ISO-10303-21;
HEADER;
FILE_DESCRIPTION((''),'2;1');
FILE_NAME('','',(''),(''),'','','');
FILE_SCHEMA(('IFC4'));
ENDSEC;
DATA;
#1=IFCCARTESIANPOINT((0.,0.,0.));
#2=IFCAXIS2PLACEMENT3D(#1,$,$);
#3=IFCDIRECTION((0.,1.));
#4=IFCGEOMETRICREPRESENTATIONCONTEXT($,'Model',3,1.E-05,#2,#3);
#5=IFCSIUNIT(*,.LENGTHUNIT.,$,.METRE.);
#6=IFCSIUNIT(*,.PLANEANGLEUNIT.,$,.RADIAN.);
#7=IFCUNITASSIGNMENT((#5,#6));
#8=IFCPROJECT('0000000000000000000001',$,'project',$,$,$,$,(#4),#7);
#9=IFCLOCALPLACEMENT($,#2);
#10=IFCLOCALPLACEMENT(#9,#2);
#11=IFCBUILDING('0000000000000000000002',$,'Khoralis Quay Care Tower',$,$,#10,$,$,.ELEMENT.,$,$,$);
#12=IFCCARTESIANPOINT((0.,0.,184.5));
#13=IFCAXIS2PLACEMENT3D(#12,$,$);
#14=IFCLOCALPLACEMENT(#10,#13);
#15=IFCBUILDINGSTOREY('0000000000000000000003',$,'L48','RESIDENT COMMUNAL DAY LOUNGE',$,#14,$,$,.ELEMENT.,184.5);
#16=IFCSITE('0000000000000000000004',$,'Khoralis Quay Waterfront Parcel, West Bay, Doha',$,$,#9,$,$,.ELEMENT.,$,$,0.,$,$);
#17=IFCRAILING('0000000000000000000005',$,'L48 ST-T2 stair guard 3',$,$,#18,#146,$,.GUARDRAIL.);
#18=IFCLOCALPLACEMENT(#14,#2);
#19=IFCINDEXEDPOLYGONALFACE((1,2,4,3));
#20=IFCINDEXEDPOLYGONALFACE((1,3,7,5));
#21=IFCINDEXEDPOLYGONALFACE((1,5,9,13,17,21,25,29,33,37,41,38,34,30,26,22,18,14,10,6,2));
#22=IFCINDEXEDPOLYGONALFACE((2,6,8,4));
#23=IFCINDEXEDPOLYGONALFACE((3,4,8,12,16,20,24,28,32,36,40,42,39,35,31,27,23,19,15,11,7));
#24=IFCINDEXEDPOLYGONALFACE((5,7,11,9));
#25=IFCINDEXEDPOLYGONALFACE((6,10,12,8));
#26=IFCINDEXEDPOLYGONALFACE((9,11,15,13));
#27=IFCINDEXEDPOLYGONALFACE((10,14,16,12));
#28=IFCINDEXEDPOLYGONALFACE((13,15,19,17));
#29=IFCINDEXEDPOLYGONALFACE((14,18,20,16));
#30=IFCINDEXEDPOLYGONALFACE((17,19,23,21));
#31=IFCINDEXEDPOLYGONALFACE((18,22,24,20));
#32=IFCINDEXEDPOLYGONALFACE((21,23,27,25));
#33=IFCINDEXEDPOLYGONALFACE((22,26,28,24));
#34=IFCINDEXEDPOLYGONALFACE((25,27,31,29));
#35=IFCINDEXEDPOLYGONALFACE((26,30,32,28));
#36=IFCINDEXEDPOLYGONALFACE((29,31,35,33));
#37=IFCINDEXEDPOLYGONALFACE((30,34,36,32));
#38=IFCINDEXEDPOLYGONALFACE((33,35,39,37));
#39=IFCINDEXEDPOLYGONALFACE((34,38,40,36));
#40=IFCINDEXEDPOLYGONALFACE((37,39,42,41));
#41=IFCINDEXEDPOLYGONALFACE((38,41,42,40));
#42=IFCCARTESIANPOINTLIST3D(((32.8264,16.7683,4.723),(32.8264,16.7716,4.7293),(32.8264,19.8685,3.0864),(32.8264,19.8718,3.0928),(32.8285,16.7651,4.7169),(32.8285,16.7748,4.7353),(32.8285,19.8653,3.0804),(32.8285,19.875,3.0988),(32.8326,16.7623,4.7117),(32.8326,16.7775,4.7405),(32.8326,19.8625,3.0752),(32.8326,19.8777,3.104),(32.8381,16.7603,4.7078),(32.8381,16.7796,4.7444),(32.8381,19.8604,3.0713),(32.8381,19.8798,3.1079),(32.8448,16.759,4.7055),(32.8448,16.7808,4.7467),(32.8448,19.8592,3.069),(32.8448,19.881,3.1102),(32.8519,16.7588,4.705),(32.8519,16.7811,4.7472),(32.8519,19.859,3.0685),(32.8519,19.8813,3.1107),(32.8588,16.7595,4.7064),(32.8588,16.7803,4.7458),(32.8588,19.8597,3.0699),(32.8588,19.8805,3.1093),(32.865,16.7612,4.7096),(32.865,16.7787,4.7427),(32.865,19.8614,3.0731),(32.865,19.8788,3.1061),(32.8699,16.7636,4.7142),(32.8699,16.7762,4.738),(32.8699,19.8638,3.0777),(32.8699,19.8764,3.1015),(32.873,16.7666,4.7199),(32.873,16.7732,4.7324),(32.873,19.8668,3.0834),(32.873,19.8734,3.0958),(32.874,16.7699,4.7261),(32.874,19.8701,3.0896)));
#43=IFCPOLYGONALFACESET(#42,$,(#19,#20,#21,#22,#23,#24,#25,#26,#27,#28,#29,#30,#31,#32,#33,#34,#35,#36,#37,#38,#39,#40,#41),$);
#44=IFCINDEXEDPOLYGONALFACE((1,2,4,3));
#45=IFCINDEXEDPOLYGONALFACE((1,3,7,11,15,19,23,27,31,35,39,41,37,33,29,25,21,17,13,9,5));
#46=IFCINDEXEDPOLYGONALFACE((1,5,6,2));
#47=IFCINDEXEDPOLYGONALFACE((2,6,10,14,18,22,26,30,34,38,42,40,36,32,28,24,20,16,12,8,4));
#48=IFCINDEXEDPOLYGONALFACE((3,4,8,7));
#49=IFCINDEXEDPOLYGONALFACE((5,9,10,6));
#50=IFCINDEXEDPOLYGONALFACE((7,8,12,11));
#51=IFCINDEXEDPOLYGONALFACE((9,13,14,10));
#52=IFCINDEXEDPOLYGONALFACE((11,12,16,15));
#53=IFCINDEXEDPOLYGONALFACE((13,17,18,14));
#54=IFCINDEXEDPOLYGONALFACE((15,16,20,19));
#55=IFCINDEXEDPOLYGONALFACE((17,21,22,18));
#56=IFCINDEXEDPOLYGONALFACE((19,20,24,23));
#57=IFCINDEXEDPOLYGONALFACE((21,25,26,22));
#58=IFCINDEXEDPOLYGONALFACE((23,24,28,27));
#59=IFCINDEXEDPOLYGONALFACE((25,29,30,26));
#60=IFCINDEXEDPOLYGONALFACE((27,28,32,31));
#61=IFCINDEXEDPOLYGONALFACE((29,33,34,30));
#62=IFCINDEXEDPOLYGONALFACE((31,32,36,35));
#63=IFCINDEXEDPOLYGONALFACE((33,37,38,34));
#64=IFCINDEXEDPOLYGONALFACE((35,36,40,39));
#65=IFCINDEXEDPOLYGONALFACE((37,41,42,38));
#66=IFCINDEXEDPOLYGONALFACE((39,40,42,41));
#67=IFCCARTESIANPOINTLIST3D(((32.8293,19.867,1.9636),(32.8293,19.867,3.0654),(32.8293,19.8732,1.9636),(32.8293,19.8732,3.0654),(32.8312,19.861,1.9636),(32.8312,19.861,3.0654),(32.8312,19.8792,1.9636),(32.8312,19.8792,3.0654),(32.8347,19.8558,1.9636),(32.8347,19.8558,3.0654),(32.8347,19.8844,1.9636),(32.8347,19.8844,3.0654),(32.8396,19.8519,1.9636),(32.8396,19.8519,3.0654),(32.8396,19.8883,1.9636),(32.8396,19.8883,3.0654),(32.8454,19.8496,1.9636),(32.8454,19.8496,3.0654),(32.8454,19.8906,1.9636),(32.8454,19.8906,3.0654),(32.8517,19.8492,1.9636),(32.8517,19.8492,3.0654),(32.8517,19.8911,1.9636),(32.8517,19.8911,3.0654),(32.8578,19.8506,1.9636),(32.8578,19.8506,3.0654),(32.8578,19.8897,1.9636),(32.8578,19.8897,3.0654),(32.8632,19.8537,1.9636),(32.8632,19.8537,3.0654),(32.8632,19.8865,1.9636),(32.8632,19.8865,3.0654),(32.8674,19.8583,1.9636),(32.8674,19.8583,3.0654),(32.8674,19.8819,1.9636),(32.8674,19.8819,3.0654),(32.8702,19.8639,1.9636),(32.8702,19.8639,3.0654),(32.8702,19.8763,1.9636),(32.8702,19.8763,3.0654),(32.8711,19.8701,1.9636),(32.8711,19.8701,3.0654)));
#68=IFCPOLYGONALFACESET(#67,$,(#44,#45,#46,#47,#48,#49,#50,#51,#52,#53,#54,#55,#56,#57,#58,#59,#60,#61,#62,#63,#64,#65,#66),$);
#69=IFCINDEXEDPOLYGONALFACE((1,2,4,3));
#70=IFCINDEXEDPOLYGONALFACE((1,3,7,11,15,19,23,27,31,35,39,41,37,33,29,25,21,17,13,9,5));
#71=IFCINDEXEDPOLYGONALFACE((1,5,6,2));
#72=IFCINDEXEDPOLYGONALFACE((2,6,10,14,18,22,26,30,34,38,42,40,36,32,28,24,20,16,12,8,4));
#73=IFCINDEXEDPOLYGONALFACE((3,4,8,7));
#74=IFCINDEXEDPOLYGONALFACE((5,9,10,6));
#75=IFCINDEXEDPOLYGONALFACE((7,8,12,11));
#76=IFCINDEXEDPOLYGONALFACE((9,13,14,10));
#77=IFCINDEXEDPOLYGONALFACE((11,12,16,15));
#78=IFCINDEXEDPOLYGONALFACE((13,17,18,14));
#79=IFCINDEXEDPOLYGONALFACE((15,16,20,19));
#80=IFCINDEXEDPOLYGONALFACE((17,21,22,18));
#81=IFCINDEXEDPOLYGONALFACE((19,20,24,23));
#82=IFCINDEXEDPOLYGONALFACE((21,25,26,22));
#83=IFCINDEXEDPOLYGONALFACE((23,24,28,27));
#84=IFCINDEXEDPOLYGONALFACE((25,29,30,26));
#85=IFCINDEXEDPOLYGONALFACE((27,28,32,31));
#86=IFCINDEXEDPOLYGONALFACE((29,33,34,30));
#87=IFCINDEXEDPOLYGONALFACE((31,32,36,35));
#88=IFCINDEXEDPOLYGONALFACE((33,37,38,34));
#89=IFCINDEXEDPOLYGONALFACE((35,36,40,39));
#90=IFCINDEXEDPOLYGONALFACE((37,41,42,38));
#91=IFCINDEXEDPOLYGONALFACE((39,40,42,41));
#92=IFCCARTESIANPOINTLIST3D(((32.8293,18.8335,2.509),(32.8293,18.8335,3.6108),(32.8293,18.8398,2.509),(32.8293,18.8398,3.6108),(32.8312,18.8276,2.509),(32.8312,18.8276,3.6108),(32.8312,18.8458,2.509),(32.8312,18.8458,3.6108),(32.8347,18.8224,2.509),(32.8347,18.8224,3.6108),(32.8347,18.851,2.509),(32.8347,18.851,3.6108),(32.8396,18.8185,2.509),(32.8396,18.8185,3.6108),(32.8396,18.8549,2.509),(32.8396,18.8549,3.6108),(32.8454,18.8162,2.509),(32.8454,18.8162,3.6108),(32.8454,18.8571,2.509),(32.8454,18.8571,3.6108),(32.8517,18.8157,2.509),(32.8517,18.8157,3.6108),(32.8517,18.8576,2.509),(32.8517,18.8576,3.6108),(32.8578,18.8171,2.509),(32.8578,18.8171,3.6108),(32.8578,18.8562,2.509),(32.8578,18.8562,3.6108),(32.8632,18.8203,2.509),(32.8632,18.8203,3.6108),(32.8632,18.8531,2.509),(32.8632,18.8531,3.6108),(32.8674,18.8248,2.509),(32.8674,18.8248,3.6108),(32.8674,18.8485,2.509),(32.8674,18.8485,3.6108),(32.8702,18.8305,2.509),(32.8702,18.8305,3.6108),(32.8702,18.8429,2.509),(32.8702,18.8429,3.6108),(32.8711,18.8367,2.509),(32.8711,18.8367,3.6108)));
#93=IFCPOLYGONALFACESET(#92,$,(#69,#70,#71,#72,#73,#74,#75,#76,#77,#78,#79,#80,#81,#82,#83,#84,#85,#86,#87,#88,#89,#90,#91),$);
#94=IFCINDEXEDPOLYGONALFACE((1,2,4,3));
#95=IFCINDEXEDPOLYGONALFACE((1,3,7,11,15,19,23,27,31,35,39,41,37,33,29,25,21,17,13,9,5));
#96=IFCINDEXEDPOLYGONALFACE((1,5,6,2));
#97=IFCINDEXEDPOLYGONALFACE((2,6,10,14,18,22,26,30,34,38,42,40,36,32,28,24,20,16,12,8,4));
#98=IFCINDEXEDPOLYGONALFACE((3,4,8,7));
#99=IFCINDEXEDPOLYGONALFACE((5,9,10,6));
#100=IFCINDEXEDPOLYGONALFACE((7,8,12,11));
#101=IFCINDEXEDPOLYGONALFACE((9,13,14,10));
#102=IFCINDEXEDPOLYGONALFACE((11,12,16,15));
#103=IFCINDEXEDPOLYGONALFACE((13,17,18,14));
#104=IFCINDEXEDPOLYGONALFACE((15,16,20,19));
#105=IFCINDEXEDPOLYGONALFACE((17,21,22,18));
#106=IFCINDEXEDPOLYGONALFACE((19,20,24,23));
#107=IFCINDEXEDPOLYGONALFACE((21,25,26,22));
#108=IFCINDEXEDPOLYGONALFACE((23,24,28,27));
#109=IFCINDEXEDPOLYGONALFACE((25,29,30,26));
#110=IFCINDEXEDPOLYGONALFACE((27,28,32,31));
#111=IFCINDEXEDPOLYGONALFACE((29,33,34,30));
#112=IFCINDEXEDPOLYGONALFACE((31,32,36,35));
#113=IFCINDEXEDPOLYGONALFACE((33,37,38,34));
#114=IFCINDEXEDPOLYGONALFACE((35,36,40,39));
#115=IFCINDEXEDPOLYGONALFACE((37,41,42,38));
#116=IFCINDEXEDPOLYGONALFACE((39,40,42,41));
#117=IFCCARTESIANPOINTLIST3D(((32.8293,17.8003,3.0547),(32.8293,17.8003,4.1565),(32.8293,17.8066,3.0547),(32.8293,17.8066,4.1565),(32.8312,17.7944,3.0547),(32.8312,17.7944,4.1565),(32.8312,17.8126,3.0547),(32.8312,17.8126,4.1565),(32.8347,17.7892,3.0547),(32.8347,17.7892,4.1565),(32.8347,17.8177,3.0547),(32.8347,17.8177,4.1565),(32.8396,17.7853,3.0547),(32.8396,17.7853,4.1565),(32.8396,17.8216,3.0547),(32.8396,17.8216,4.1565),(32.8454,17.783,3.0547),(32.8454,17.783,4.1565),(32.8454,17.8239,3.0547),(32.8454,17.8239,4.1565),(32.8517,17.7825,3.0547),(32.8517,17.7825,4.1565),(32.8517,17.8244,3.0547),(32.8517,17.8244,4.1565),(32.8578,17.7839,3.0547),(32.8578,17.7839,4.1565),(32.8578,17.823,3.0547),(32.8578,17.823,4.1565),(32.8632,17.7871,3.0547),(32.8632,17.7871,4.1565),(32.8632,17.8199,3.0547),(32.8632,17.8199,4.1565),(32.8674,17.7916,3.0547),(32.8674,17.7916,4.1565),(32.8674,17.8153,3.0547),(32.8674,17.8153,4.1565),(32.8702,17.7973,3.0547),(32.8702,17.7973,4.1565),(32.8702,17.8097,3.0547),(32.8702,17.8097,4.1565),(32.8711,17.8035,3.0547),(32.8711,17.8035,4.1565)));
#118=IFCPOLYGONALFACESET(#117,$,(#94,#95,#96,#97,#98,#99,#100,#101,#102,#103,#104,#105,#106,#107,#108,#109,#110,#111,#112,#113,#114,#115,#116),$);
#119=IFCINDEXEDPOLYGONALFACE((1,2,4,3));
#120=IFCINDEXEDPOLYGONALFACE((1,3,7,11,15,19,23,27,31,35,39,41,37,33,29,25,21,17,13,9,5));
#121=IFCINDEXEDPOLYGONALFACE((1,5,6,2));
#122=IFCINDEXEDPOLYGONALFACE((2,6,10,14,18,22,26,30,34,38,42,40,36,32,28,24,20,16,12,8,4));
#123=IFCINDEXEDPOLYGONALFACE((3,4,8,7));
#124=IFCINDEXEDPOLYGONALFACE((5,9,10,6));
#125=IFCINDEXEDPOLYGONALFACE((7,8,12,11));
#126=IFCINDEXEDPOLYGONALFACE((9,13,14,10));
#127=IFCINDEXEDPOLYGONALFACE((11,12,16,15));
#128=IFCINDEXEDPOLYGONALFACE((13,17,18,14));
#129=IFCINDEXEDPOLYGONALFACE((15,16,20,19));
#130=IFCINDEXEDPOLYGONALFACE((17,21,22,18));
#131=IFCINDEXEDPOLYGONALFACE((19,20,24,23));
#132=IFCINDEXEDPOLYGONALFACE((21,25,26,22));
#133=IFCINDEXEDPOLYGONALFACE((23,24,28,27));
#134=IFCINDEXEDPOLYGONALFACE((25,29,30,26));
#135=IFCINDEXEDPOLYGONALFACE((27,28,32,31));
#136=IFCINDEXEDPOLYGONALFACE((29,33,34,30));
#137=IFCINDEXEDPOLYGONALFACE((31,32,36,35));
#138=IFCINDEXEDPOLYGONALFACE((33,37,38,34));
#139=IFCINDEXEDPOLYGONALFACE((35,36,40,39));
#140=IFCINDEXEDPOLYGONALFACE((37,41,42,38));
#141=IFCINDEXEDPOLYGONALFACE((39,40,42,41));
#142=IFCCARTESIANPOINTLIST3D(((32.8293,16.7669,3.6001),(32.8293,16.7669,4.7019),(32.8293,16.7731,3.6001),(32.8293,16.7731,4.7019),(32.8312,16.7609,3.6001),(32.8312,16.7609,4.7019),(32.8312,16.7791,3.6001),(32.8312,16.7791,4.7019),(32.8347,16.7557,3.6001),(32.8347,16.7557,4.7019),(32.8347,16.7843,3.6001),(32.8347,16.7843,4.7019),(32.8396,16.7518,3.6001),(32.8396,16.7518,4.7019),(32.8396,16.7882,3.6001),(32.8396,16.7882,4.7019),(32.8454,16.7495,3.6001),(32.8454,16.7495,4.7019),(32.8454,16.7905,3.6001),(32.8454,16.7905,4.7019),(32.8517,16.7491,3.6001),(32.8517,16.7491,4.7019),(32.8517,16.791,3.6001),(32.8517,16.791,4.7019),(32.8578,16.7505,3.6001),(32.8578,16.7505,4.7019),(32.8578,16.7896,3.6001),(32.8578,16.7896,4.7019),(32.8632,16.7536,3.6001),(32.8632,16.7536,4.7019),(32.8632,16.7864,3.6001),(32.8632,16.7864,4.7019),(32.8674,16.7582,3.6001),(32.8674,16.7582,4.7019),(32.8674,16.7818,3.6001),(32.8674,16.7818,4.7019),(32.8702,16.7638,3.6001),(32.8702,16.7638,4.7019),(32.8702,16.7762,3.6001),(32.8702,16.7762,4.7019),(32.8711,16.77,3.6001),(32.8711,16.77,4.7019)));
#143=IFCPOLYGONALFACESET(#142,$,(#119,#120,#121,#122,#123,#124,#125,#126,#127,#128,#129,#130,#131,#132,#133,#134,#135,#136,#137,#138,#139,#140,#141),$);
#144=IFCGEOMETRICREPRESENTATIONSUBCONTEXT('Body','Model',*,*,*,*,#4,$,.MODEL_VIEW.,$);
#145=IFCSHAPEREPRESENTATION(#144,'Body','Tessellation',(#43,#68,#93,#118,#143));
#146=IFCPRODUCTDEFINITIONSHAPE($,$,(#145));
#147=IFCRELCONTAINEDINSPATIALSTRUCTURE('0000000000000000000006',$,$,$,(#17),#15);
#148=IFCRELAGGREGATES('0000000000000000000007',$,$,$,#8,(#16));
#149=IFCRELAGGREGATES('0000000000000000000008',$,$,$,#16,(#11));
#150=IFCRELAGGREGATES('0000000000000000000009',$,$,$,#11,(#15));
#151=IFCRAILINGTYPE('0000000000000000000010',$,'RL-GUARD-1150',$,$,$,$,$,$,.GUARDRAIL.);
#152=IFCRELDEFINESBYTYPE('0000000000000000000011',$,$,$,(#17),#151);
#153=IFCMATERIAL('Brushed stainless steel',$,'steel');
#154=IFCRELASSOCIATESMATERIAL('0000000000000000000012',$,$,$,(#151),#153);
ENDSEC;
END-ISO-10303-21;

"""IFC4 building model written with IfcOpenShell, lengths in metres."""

from ifc_helpers import new_model, si_unit, direction, frame, origin, origin_2d, place, context, subcontext, project, spatial, circle, extrude, material, type_object, element, save


model = new_model("IFC4")

# Units and contexts
model_context = context("Model", 3, precision=1e-05, world=origin(), true_north=direction((0.0, 1.0)))
body_context = subcontext(model_context, "Body", "Model", "MODEL_VIEW")
ifc_project = project(units=[si_unit("LENGTHUNIT", "METRE"), si_unit("PLANEANGLEUNIT", "RADIAN")], contexts=[model_context])

# Site, building, storey
site_placement = place(None, origin())
site = spatial("IfcSite", under=ifc_project, at=site_placement, Name="Khoralis Quay Waterfront Parcel, West Bay, Doha", CompositionType="ELEMENT", RefElevation=0.0)
building_placement = place(site_placement, origin())
building = spatial("IfcBuilding", under=site, at=building_placement, Name="Khoralis Quay Care Tower", CompositionType="ELEMENT")
storey_placement = place(building_placement, frame((0.0, 0.0, 184.5)))
storey = spatial("IfcBuildingStorey", under=building, at=storey_placement, Name="L48", Description="RESIDENT COMMUNAL DAY LOUNGE", CompositionType="ELEMENT", Elevation=184.5)

# Shared definitions
ifc_material_1 = material(Name="Brushed stainless steel", Category="steel")

# Railing
railing_type_1 = type_object("IfcRailingType", Name="RL-GUARD-1150", PredefinedType="GUARDRAIL", material=ifc_material_1)
railing_1_placement = place(storey_placement, frame((32.8501, 19.8701, 1.9636)))
element("IfcRailing", 1, at=railing_1_placement, inside=storey, type_object=railing_type_1, Name="L48 ST-T2 stair guard 3", PredefinedType="GUARDRAIL", context=body_context, shape_type="SweptSolid", body=[
    extrude(circle(Radius=0.0239, at=origin_2d()), frame((0.0, 0.0, 1.126), z_axis=(0.0, -0.884348, 0.466828), x_axis=(1.0, 0.0, 0.0)), (0.0, 0.0, 1.0), 3.5056),
    extrude(circle(Radius=0.021, at=origin_2d()), origin(), (0.0, 0.0, 1.0), 1.1018),
    extrude(circle(Radius=0.021, at=origin_2d()), frame((0.0, -1.0334, 0.5454)), (0.0, 0.0, 1.0), 1.1018),
    extrude(circle(Radius=0.021, at=origin_2d()), frame((0.0, -2.0667, 1.0911)), (0.0, 0.0, 1.0), 1.1018),
    extrude(circle(Radius=0.021, at=origin_2d()), frame((0.0, -3.1001, 1.6365)), (0.0, 0.0, 1.0), 1.1018),
])

save(model, "model.ifc")
